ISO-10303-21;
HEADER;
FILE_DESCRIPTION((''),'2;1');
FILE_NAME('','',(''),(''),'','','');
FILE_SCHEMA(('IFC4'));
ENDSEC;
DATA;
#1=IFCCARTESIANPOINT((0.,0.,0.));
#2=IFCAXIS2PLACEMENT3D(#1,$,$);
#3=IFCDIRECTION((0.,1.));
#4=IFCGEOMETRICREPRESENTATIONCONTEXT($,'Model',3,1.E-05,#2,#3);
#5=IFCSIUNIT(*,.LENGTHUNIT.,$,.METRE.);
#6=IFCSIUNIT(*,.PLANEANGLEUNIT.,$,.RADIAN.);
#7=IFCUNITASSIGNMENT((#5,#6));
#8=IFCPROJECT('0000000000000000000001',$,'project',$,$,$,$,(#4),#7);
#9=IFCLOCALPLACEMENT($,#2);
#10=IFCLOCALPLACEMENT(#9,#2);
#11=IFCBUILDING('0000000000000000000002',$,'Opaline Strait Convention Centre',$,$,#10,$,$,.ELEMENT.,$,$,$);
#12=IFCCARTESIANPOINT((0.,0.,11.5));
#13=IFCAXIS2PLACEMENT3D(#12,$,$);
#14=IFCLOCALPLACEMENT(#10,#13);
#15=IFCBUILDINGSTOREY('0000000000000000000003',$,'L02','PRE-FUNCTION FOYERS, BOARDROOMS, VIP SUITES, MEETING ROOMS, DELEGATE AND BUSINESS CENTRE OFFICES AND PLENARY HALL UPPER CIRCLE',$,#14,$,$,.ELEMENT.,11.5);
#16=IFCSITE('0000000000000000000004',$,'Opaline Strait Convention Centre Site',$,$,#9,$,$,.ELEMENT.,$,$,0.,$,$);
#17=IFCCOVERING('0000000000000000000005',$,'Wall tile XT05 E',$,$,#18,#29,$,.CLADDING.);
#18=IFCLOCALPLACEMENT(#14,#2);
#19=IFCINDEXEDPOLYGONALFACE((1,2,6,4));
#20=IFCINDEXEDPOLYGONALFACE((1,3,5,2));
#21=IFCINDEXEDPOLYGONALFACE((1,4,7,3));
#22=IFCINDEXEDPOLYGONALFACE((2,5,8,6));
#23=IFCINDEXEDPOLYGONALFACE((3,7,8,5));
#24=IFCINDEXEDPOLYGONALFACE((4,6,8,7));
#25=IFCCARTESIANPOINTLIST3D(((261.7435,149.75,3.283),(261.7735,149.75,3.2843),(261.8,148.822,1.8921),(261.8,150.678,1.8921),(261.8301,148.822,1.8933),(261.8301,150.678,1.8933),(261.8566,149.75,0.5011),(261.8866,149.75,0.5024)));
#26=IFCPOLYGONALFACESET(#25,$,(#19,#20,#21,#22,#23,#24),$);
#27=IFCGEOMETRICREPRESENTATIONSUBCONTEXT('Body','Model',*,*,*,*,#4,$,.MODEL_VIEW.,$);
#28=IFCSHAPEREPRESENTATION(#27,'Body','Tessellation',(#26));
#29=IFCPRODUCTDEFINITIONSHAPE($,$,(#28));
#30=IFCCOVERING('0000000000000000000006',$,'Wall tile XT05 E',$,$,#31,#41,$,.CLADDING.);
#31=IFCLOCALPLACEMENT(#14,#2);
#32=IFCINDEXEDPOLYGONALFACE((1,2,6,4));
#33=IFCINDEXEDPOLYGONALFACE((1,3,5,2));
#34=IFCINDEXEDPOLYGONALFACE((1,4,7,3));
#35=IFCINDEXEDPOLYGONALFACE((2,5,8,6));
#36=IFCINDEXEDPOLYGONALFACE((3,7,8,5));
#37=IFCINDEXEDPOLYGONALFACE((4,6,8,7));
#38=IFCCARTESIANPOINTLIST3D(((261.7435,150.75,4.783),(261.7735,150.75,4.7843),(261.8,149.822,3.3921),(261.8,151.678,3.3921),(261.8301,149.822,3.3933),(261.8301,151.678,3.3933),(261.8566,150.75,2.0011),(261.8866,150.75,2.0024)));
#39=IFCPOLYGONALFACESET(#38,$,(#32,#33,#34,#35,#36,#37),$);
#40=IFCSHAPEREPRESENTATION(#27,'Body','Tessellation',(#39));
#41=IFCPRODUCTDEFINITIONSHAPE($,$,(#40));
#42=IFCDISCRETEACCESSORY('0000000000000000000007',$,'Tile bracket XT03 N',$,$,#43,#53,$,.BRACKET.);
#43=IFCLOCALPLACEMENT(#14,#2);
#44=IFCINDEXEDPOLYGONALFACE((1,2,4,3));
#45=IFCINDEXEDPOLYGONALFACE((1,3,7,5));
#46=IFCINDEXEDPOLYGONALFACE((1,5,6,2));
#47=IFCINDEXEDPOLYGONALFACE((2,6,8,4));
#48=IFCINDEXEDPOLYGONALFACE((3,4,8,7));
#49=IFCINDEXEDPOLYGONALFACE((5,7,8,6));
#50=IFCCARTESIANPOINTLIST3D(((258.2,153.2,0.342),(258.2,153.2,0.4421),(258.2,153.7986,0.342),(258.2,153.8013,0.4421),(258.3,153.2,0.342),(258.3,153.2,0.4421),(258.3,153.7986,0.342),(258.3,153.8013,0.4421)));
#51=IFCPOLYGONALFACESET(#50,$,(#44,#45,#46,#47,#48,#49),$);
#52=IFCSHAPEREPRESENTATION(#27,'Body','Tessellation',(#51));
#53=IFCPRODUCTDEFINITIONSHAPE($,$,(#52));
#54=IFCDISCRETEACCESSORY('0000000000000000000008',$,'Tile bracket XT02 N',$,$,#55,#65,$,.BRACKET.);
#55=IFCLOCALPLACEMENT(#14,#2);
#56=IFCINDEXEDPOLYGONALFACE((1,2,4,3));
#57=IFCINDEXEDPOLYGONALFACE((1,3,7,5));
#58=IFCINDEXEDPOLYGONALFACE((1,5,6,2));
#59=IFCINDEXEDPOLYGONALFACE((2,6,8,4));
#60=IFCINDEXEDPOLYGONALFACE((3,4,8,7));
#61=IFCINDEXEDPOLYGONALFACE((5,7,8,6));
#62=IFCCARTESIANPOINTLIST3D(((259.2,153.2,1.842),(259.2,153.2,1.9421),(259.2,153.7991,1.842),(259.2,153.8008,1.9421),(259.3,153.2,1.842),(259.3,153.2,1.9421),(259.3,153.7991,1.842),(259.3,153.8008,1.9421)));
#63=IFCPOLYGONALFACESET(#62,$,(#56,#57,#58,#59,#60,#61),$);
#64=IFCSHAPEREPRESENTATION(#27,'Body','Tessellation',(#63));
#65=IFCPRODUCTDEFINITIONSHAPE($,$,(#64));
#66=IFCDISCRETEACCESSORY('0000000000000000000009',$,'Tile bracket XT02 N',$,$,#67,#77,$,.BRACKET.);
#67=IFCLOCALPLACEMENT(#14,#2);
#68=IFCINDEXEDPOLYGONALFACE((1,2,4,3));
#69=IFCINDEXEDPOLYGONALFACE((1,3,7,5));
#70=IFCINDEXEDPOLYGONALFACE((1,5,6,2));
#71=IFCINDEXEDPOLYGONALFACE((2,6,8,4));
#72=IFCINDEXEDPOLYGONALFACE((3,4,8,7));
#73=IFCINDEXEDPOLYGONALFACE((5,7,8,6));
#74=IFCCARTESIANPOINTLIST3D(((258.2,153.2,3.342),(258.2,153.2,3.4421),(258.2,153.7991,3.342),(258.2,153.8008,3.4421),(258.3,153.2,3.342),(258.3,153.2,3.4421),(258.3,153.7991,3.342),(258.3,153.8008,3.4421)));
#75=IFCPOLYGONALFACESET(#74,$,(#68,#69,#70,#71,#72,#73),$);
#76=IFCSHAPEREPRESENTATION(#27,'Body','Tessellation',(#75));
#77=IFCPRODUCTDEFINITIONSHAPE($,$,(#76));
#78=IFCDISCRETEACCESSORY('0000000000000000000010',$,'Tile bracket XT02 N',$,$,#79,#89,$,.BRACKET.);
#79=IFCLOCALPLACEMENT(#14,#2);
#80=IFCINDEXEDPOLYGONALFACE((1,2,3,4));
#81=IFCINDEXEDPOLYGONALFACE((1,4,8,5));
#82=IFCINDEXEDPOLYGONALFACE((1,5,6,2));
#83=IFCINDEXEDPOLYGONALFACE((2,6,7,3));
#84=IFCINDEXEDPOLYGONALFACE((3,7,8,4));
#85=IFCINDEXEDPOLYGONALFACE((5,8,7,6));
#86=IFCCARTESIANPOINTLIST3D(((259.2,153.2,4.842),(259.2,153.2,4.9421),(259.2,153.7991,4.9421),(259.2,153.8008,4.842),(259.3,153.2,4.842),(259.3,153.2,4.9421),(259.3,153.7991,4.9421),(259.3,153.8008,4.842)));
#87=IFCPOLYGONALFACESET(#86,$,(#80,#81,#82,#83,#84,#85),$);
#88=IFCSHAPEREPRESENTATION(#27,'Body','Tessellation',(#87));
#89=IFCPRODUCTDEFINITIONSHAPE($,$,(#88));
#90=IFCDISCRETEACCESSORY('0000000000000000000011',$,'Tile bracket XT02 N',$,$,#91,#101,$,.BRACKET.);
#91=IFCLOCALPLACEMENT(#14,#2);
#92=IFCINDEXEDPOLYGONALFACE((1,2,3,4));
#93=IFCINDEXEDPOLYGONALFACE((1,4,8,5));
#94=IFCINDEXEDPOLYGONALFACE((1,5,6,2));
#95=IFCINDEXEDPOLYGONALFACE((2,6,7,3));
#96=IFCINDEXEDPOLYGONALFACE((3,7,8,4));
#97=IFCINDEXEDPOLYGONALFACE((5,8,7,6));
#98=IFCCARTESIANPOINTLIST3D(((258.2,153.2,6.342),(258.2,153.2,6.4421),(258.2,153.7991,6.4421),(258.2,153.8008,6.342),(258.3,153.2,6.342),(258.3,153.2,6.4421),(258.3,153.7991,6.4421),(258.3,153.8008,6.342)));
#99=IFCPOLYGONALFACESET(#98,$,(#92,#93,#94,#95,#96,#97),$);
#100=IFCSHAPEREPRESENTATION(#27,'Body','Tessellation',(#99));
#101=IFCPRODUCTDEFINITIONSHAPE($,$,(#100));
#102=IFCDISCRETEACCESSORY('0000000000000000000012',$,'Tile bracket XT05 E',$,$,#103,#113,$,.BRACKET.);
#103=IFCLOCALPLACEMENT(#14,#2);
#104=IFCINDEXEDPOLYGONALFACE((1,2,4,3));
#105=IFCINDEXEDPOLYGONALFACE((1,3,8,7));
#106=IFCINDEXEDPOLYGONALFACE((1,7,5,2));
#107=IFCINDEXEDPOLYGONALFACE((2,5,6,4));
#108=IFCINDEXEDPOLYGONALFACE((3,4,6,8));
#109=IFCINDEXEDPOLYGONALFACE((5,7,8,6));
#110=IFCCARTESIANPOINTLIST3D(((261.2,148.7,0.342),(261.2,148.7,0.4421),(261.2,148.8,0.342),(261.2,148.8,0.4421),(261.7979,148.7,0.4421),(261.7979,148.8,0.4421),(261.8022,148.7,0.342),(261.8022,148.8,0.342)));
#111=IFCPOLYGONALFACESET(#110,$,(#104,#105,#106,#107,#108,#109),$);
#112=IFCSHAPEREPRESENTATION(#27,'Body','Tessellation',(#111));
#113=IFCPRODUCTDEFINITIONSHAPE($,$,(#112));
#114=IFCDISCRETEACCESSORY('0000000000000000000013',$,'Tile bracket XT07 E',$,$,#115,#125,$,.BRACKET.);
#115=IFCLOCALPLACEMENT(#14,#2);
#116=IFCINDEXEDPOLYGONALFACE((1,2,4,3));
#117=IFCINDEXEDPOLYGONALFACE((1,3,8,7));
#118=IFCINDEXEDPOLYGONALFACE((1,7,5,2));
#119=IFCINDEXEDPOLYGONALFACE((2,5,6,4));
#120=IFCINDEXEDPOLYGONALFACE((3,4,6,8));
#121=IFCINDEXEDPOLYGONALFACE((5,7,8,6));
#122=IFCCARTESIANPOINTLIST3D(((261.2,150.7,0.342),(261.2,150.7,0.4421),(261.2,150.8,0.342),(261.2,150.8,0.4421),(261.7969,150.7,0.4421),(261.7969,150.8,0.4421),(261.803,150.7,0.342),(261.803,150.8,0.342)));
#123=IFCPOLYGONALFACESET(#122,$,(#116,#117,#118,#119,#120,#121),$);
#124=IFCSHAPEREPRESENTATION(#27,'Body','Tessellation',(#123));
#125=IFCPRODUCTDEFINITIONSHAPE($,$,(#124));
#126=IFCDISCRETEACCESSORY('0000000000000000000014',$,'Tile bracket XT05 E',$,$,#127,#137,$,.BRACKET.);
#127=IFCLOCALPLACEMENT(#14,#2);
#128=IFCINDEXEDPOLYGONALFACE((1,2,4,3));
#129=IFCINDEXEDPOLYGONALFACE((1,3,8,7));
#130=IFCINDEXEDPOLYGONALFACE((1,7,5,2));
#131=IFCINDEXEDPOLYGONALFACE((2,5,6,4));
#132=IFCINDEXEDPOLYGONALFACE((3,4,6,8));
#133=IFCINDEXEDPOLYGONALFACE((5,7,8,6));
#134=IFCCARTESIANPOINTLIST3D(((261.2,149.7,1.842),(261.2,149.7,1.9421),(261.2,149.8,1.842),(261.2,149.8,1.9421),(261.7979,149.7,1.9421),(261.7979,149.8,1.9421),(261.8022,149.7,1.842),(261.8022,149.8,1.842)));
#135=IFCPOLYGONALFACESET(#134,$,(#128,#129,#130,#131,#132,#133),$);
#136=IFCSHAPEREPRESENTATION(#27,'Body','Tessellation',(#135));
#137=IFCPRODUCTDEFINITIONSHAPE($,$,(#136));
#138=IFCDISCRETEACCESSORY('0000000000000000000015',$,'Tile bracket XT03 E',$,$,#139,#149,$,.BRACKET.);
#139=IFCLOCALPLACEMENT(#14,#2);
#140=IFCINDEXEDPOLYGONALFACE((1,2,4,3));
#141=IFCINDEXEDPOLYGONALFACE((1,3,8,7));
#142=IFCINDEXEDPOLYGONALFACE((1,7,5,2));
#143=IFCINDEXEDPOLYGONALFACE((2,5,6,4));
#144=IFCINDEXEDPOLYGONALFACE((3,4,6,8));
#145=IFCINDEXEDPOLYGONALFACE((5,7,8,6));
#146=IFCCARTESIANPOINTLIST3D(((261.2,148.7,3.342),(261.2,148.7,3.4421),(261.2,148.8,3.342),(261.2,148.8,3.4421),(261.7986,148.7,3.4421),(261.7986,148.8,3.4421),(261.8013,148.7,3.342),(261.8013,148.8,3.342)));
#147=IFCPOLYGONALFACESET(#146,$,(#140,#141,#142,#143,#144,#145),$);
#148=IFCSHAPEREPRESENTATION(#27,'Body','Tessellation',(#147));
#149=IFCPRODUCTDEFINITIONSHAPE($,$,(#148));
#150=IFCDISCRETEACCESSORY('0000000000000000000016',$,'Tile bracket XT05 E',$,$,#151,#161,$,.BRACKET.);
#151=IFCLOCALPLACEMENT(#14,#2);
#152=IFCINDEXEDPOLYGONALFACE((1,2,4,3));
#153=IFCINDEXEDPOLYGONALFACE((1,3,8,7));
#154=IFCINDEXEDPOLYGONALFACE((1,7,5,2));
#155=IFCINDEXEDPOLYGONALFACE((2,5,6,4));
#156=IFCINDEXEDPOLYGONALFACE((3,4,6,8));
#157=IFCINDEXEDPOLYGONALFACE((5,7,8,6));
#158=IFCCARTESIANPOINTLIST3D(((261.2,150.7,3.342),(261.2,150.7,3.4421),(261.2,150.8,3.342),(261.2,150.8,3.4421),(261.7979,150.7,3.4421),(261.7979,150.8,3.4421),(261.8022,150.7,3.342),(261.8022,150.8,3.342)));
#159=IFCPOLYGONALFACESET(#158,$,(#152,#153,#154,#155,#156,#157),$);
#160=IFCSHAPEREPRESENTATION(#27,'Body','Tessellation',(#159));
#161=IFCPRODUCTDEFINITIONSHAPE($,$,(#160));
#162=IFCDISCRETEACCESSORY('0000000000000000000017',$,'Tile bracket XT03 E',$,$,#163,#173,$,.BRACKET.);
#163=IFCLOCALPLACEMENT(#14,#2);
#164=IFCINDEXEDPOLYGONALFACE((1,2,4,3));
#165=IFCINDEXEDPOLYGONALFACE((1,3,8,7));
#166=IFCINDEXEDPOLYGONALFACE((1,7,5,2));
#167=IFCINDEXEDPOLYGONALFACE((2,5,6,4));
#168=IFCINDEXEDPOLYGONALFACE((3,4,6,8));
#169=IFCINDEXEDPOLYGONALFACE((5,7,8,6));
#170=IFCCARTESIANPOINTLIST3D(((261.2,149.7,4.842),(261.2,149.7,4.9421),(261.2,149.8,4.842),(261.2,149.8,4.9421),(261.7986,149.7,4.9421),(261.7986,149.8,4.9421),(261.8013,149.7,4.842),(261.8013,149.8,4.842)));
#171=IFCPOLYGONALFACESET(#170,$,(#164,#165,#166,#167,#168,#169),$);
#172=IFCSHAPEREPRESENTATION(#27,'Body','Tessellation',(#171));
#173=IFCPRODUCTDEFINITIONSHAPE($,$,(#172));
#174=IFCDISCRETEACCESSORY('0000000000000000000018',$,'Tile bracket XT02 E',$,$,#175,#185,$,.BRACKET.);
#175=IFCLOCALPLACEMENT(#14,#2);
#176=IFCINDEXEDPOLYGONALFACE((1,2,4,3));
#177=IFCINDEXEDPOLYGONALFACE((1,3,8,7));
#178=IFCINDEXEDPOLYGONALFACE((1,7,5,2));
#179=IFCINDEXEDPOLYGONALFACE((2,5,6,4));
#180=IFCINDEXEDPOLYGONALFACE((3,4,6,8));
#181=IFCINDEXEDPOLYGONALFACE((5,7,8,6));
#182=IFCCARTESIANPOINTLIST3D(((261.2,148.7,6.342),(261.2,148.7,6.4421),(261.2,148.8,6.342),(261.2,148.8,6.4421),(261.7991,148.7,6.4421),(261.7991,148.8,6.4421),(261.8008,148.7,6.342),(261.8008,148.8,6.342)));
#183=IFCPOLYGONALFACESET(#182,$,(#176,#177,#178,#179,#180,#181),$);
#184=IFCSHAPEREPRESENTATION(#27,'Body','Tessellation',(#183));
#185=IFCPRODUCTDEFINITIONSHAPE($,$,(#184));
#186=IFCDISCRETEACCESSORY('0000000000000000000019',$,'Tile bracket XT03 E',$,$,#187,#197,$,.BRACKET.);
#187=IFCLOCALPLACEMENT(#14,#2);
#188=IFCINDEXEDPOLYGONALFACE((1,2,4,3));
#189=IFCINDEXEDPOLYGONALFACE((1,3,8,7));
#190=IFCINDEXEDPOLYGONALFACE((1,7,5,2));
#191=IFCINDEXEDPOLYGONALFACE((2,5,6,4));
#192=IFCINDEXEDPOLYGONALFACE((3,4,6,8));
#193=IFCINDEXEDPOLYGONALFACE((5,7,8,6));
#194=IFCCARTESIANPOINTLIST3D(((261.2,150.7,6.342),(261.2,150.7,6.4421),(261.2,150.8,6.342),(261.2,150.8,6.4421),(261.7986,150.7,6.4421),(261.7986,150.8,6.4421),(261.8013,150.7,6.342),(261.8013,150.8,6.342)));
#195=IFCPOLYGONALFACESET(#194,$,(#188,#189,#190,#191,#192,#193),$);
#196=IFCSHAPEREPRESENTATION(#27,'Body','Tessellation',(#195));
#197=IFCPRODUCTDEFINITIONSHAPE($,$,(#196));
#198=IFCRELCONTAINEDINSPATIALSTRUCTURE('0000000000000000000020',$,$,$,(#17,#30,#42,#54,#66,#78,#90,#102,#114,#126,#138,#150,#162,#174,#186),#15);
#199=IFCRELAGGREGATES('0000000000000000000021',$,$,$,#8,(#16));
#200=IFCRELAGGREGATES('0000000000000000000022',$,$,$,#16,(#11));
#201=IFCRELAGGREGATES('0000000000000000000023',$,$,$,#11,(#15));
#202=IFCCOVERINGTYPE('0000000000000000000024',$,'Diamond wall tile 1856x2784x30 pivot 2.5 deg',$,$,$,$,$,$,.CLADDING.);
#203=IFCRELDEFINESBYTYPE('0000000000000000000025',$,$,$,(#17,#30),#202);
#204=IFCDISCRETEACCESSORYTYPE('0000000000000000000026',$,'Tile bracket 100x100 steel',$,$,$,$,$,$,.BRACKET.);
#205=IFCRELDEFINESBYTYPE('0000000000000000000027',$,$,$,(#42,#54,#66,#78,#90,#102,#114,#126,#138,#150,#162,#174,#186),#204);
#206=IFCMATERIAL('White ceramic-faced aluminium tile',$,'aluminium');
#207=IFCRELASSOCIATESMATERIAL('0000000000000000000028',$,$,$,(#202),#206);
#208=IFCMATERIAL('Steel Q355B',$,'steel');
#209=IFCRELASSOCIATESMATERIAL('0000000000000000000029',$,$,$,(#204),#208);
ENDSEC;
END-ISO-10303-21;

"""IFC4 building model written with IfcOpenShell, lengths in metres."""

from ifc_helpers import new_model, si_unit, direction, frame, origin, place, context, subcontext, project, spatial, polyline, outline, extrude, material, material_profile, profile_set, type_object, element, save


model = new_model("IFC4")

# Units and contexts
model_context = context("Model", 3, precision=1e-05, world=origin(), true_north=direction((0.0, 1.0)))
body_context = subcontext(model_context, "Body", "Model", "MODEL_VIEW")
ifc_project = project(units=[si_unit("LENGTHUNIT", "METRE"), si_unit("PLANEANGLEUNIT", "RADIAN")], contexts=[model_context])

# Site, building, storey
site_placement = place(None, origin())
site = spatial("IfcSite", under=ifc_project, at=site_placement, Name="Opaline Strait Convention Centre Site", CompositionType="ELEMENT", RefElevation=0.0)
building_placement = place(site_placement, origin())
building = spatial("IfcBuilding", under=site, at=building_placement, Name="Opaline Strait Convention Centre", CompositionType="ELEMENT")
storey_placement = place(building_placement, frame((0.0, 0.0, 11.5)))
storey = spatial("IfcBuildingStorey", under=building, at=storey_placement, Name="L02", Description="PRE-FUNCTION FOYERS, BOARDROOMS, VIP SUITES, MEETING ROOMS, DELEGATE AND BUSINESS CENTRE OFFICES AND PLENARY HALL UPPER CIRCLE", CompositionType="ELEMENT", Elevation=11.5)

# Shared definitions
ifc_material_1 = material(Name="Steel Q355B", Category="steel")

# Coverings
ifc_material_2 = material(Name="White ceramic-faced aluminium tile", Category="aluminium")
ifc_material_profile_1 = material_profile(ifc_material_2, outline(polyline([(0.928, 0.0), (0.0, 1.3921), (-0.928, 0.0), (0.0, -1.3921), (0.928, 0.0)])), Name="Diamond tile 1856x2784")
ifc_profile_set_1 = profile_set([ifc_material_profile_1], Name="White ceramic-faced aluminium tile")
covering_type_1 = type_object("IfcCoveringType", Name="Diamond wall tile 1856x2784x30 pivot 2.5 deg", PredefinedType="CLADDING", material=ifc_profile_set_1)
for number, where, z_axis, x_axis, name in (
    (1, (261.8, 149.75, 1.8921), (0.999175, 0.0, 0.040617), (0.0, 1.0, 0.0), "Wall tile XT05 E"),
    (2, (261.8, 150.75, 3.3921), (0.999175, 0.0, 0.040617), (0.0, 1.0, 0.0), "Wall tile XT05 E"),
):
    element("IfcCovering", number, at=place(storey_placement, frame(where, z_axis=z_axis, x_axis=x_axis)), inside=storey, type_object=covering_type_1, Name=name, PredefinedType="CLADDING", context=body_context, shape_type="SweptSolid", body=[
        extrude(outline(polyline([(0.928, 0.0), (0.0, 1.3921), (-0.928, 0.0), (0.0, -1.3921), (0.928, 0.0)])), origin(), (0.0, 0.0, 1.0), 0.03),
    ])

# Discrete accessories
discrete_accessory_type = type_object("IfcDiscreteAccessoryType", Name="Tile bracket 100x100 steel", PredefinedType="BRACKET", material=ifc_material_1)
discrete_accessory_1_placement = place(storey_placement, frame((258.3, 153.2, 0.3921), z_axis=(-1.0, 0.0, 0.0), x_axis=(0.0, -1.0, 0.0)))
element("IfcDiscreteAccessory", 3, at=discrete_accessory_1_placement, inside=storey, type_object=discrete_accessory_type, Name="Tile bracket XT03 N", PredefinedType="BRACKET", context=body_context, shape_type="SweptSolid", body=[
    extrude(outline(polyline([(0.0, -0.05), (0.0, 0.05), (-0.6013, 0.05), (-0.5986, -0.05), (0.0, -0.05)])), origin(), (0.0, 0.0, 1.0), 0.1001),
])
for number, where, z_axis, x_axis, name in (
    (4, (259.3, 153.2, 1.8921), (-1.0, 0.0, 0.0), (0.0, -1.0, 0.0), "Tile bracket XT02 N"),
    (5, (258.3, 153.2, 3.3921), (-1.0, 0.0, 0.0), (0.0, -1.0, 0.0), "Tile bracket XT02 N"),
):
    element("IfcDiscreteAccessory", number, at=place(storey_placement, frame(where, z_axis=z_axis, x_axis=x_axis)), inside=storey, type_object=discrete_accessory_type, Name=name, PredefinedType="BRACKET", context=body_context, shape_type="SweptSolid", body=[
        extrude(outline(polyline([(0.0, -0.05), (0.0, 0.05), (-0.6008, 0.05), (-0.5991, -0.05), (0.0, -0.05)])), origin(), (0.0, 0.0, 1.0), 0.1001),
    ])
for number, where, z_axis, x_axis, name in (
    (6, (259.3, 153.2, 4.8921), (-1.0, 0.0, 0.0), (0.0, -1.0, 0.0), "Tile bracket XT02 N"),
    (7, (258.3, 153.2, 6.3921), (-1.0, 0.0, 0.0), (0.0, -1.0, 0.0), "Tile bracket XT02 N"),
):
    element("IfcDiscreteAccessory", number, at=place(storey_placement, frame(where, z_axis=z_axis, x_axis=x_axis)), inside=storey, type_object=discrete_accessory_type, Name=name, PredefinedType="BRACKET", context=body_context, shape_type="SweptSolid", body=[
        extrude(outline(polyline([(0.0, -0.05), (0.0, 0.05), (-0.5991, 0.05), (-0.6008, -0.05), (0.0, -0.05)])), origin(), (0.0, 0.0, 1.0), 0.1001),
    ])
discrete_accessory_2_placement = place(storey_placement, frame((261.2, 148.7, 0.3921), z_axis=(0.0, 1.0, 0.0), x_axis=(-1.0, 0.0, 0.0)))
element("IfcDiscreteAccessory", 8, at=discrete_accessory_2_placement, inside=storey, type_object=discrete_accessory_type, Name="Tile bracket XT05 E", PredefinedType="BRACKET", context=body_context, shape_type="SweptSolid", body=[
    extrude(outline(polyline([(0.0, -0.05), (0.0, 0.05), (-0.5979, 0.05), (-0.6023, -0.05), (0.0, -0.05)])), origin(), (0.0, 0.0, 1.0), 0.1001),
])
discrete_accessory_3_placement = place(storey_placement, frame((261.2, 150.7, 0.3921), z_axis=(0.0, 1.0, 0.0), x_axis=(-1.0, 0.0, 0.0)))
element("IfcDiscreteAccessory", 9, at=discrete_accessory_3_placement, inside=storey, type_object=discrete_accessory_type, Name="Tile bracket XT07 E", PredefinedType="BRACKET", context=body_context, shape_type="SweptSolid", body=[
    extrude(outline(polyline([(0.0, -0.05), (0.0, 0.05), (-0.5969, 0.05), (-0.603, -0.05), (0.0, -0.05)])), origin(), (0.0, 0.0, 1.0), 0.1001),
])
discrete_accessory_4_placement = place(storey_placement, frame((261.2, 149.7, 1.8921), z_axis=(0.0, 1.0, 0.0), x_axis=(-1.0, 0.0, 0.0)))
element("IfcDiscreteAccessory", 10, at=discrete_accessory_4_placement, inside=storey, type_object=discrete_accessory_type, Name="Tile bracket XT05 E", PredefinedType="BRACKET", context=body_context, shape_type="SweptSolid", body=[
    extrude(outline(polyline([(0.0, -0.05), (0.0, 0.05), (-0.5979, 0.05), (-0.6023, -0.05), (0.0, -0.05)])), origin(), (0.0, 0.0, 1.0), 0.1001),
])
discrete_accessory_5_placement = place(storey_placement, frame((261.2, 148.7, 3.3921), z_axis=(0.0, 1.0, 0.0), x_axis=(-1.0, 0.0, 0.0)))
element("IfcDiscreteAccessory", 11, at=discrete_accessory_5_placement, inside=storey, type_object=discrete_accessory_type, Name="Tile bracket XT03 E", PredefinedType="BRACKET", context=body_context, shape_type="SweptSolid", body=[
    extrude(outline(polyline([(0.0, -0.05), (0.0, 0.05), (-0.5986, 0.05), (-0.6013, -0.05), (0.0, -0.05)])), origin(), (0.0, 0.0, 1.0), 0.1001),
])
discrete_accessory_6_placement = place(storey_placement, frame((261.2, 150.7, 3.3921), z_axis=(0.0, 1.0, 0.0), x_axis=(-1.0, 0.0, 0.0)))
element("IfcDiscreteAccessory", 12, at=discrete_accessory_6_placement, inside=storey, type_object=discrete_accessory_type, Name="Tile bracket XT05 E", PredefinedType="BRACKET", context=body_context, shape_type="SweptSolid", body=[
    extrude(outline(polyline([(0.0, -0.05), (0.0, 0.05), (-0.5979, 0.05), (-0.6023, -0.05), (0.0, -0.05)])), origin(), (0.0, 0.0, 1.0), 0.1001),
])
discrete_accessory_7_placement = place(storey_placement, frame((261.2, 149.7, 4.8921), z_axis=(0.0, 1.0, 0.0), x_axis=(-1.0, 0.0, 0.0)))
element("IfcDiscreteAccessory", 13, at=discrete_accessory_7_placement, inside=storey, type_object=discrete_accessory_type, Name="Tile bracket XT03 E", PredefinedType="BRACKET", context=body_context, shape_type="SweptSolid", body=[
    extrude(outline(polyline([(0.0, -0.05), (0.0, 0.05), (-0.5986, 0.05), (-0.6013, -0.05), (0.0, -0.05)])), origin(), (0.0, 0.0, 1.0), 0.1001),
])
discrete_accessory_8_placement = place(storey_placement, frame((261.2, 148.7, 6.3921), z_axis=(0.0, 1.0, 0.0), x_axis=(-1.0, 0.0, 0.0)))
element("IfcDiscreteAccessory", 14, at=discrete_accessory_8_placement, inside=storey, type_object=discrete_accessory_type, Name="Tile bracket XT02 E", PredefinedType="BRACKET", context=body_context, shape_type="SweptSolid", body=[
    extrude(outline(polyline([(0.0, -0.05), (0.0, 0.05), (-0.5991, 0.05), (-0.6008, -0.05), (0.0, -0.05)])), origin(), (0.0, 0.0, 1.0), 0.1001),
])
discrete_accessory_9_placement = place(storey_placement, frame((261.2, 150.7, 6.3921), z_axis=(0.0, 1.0, 0.0), x_axis=(-1.0, 0.0, 0.0)))
element("IfcDiscreteAccessory", 15, at=discrete_accessory_9_placement, inside=storey, type_object=discrete_accessory_type, Name="Tile bracket XT03 E", PredefinedType="BRACKET", context=body_context, shape_type="SweptSolid", body=[
    extrude(outline(polyline([(0.0, -0.05), (0.0, 0.05), (-0.5986, 0.05), (-0.6013, -0.05), (0.0, -0.05)])), origin(), (0.0, 0.0, 1.0), 0.1001),
])

save(model, "model.ifc")
